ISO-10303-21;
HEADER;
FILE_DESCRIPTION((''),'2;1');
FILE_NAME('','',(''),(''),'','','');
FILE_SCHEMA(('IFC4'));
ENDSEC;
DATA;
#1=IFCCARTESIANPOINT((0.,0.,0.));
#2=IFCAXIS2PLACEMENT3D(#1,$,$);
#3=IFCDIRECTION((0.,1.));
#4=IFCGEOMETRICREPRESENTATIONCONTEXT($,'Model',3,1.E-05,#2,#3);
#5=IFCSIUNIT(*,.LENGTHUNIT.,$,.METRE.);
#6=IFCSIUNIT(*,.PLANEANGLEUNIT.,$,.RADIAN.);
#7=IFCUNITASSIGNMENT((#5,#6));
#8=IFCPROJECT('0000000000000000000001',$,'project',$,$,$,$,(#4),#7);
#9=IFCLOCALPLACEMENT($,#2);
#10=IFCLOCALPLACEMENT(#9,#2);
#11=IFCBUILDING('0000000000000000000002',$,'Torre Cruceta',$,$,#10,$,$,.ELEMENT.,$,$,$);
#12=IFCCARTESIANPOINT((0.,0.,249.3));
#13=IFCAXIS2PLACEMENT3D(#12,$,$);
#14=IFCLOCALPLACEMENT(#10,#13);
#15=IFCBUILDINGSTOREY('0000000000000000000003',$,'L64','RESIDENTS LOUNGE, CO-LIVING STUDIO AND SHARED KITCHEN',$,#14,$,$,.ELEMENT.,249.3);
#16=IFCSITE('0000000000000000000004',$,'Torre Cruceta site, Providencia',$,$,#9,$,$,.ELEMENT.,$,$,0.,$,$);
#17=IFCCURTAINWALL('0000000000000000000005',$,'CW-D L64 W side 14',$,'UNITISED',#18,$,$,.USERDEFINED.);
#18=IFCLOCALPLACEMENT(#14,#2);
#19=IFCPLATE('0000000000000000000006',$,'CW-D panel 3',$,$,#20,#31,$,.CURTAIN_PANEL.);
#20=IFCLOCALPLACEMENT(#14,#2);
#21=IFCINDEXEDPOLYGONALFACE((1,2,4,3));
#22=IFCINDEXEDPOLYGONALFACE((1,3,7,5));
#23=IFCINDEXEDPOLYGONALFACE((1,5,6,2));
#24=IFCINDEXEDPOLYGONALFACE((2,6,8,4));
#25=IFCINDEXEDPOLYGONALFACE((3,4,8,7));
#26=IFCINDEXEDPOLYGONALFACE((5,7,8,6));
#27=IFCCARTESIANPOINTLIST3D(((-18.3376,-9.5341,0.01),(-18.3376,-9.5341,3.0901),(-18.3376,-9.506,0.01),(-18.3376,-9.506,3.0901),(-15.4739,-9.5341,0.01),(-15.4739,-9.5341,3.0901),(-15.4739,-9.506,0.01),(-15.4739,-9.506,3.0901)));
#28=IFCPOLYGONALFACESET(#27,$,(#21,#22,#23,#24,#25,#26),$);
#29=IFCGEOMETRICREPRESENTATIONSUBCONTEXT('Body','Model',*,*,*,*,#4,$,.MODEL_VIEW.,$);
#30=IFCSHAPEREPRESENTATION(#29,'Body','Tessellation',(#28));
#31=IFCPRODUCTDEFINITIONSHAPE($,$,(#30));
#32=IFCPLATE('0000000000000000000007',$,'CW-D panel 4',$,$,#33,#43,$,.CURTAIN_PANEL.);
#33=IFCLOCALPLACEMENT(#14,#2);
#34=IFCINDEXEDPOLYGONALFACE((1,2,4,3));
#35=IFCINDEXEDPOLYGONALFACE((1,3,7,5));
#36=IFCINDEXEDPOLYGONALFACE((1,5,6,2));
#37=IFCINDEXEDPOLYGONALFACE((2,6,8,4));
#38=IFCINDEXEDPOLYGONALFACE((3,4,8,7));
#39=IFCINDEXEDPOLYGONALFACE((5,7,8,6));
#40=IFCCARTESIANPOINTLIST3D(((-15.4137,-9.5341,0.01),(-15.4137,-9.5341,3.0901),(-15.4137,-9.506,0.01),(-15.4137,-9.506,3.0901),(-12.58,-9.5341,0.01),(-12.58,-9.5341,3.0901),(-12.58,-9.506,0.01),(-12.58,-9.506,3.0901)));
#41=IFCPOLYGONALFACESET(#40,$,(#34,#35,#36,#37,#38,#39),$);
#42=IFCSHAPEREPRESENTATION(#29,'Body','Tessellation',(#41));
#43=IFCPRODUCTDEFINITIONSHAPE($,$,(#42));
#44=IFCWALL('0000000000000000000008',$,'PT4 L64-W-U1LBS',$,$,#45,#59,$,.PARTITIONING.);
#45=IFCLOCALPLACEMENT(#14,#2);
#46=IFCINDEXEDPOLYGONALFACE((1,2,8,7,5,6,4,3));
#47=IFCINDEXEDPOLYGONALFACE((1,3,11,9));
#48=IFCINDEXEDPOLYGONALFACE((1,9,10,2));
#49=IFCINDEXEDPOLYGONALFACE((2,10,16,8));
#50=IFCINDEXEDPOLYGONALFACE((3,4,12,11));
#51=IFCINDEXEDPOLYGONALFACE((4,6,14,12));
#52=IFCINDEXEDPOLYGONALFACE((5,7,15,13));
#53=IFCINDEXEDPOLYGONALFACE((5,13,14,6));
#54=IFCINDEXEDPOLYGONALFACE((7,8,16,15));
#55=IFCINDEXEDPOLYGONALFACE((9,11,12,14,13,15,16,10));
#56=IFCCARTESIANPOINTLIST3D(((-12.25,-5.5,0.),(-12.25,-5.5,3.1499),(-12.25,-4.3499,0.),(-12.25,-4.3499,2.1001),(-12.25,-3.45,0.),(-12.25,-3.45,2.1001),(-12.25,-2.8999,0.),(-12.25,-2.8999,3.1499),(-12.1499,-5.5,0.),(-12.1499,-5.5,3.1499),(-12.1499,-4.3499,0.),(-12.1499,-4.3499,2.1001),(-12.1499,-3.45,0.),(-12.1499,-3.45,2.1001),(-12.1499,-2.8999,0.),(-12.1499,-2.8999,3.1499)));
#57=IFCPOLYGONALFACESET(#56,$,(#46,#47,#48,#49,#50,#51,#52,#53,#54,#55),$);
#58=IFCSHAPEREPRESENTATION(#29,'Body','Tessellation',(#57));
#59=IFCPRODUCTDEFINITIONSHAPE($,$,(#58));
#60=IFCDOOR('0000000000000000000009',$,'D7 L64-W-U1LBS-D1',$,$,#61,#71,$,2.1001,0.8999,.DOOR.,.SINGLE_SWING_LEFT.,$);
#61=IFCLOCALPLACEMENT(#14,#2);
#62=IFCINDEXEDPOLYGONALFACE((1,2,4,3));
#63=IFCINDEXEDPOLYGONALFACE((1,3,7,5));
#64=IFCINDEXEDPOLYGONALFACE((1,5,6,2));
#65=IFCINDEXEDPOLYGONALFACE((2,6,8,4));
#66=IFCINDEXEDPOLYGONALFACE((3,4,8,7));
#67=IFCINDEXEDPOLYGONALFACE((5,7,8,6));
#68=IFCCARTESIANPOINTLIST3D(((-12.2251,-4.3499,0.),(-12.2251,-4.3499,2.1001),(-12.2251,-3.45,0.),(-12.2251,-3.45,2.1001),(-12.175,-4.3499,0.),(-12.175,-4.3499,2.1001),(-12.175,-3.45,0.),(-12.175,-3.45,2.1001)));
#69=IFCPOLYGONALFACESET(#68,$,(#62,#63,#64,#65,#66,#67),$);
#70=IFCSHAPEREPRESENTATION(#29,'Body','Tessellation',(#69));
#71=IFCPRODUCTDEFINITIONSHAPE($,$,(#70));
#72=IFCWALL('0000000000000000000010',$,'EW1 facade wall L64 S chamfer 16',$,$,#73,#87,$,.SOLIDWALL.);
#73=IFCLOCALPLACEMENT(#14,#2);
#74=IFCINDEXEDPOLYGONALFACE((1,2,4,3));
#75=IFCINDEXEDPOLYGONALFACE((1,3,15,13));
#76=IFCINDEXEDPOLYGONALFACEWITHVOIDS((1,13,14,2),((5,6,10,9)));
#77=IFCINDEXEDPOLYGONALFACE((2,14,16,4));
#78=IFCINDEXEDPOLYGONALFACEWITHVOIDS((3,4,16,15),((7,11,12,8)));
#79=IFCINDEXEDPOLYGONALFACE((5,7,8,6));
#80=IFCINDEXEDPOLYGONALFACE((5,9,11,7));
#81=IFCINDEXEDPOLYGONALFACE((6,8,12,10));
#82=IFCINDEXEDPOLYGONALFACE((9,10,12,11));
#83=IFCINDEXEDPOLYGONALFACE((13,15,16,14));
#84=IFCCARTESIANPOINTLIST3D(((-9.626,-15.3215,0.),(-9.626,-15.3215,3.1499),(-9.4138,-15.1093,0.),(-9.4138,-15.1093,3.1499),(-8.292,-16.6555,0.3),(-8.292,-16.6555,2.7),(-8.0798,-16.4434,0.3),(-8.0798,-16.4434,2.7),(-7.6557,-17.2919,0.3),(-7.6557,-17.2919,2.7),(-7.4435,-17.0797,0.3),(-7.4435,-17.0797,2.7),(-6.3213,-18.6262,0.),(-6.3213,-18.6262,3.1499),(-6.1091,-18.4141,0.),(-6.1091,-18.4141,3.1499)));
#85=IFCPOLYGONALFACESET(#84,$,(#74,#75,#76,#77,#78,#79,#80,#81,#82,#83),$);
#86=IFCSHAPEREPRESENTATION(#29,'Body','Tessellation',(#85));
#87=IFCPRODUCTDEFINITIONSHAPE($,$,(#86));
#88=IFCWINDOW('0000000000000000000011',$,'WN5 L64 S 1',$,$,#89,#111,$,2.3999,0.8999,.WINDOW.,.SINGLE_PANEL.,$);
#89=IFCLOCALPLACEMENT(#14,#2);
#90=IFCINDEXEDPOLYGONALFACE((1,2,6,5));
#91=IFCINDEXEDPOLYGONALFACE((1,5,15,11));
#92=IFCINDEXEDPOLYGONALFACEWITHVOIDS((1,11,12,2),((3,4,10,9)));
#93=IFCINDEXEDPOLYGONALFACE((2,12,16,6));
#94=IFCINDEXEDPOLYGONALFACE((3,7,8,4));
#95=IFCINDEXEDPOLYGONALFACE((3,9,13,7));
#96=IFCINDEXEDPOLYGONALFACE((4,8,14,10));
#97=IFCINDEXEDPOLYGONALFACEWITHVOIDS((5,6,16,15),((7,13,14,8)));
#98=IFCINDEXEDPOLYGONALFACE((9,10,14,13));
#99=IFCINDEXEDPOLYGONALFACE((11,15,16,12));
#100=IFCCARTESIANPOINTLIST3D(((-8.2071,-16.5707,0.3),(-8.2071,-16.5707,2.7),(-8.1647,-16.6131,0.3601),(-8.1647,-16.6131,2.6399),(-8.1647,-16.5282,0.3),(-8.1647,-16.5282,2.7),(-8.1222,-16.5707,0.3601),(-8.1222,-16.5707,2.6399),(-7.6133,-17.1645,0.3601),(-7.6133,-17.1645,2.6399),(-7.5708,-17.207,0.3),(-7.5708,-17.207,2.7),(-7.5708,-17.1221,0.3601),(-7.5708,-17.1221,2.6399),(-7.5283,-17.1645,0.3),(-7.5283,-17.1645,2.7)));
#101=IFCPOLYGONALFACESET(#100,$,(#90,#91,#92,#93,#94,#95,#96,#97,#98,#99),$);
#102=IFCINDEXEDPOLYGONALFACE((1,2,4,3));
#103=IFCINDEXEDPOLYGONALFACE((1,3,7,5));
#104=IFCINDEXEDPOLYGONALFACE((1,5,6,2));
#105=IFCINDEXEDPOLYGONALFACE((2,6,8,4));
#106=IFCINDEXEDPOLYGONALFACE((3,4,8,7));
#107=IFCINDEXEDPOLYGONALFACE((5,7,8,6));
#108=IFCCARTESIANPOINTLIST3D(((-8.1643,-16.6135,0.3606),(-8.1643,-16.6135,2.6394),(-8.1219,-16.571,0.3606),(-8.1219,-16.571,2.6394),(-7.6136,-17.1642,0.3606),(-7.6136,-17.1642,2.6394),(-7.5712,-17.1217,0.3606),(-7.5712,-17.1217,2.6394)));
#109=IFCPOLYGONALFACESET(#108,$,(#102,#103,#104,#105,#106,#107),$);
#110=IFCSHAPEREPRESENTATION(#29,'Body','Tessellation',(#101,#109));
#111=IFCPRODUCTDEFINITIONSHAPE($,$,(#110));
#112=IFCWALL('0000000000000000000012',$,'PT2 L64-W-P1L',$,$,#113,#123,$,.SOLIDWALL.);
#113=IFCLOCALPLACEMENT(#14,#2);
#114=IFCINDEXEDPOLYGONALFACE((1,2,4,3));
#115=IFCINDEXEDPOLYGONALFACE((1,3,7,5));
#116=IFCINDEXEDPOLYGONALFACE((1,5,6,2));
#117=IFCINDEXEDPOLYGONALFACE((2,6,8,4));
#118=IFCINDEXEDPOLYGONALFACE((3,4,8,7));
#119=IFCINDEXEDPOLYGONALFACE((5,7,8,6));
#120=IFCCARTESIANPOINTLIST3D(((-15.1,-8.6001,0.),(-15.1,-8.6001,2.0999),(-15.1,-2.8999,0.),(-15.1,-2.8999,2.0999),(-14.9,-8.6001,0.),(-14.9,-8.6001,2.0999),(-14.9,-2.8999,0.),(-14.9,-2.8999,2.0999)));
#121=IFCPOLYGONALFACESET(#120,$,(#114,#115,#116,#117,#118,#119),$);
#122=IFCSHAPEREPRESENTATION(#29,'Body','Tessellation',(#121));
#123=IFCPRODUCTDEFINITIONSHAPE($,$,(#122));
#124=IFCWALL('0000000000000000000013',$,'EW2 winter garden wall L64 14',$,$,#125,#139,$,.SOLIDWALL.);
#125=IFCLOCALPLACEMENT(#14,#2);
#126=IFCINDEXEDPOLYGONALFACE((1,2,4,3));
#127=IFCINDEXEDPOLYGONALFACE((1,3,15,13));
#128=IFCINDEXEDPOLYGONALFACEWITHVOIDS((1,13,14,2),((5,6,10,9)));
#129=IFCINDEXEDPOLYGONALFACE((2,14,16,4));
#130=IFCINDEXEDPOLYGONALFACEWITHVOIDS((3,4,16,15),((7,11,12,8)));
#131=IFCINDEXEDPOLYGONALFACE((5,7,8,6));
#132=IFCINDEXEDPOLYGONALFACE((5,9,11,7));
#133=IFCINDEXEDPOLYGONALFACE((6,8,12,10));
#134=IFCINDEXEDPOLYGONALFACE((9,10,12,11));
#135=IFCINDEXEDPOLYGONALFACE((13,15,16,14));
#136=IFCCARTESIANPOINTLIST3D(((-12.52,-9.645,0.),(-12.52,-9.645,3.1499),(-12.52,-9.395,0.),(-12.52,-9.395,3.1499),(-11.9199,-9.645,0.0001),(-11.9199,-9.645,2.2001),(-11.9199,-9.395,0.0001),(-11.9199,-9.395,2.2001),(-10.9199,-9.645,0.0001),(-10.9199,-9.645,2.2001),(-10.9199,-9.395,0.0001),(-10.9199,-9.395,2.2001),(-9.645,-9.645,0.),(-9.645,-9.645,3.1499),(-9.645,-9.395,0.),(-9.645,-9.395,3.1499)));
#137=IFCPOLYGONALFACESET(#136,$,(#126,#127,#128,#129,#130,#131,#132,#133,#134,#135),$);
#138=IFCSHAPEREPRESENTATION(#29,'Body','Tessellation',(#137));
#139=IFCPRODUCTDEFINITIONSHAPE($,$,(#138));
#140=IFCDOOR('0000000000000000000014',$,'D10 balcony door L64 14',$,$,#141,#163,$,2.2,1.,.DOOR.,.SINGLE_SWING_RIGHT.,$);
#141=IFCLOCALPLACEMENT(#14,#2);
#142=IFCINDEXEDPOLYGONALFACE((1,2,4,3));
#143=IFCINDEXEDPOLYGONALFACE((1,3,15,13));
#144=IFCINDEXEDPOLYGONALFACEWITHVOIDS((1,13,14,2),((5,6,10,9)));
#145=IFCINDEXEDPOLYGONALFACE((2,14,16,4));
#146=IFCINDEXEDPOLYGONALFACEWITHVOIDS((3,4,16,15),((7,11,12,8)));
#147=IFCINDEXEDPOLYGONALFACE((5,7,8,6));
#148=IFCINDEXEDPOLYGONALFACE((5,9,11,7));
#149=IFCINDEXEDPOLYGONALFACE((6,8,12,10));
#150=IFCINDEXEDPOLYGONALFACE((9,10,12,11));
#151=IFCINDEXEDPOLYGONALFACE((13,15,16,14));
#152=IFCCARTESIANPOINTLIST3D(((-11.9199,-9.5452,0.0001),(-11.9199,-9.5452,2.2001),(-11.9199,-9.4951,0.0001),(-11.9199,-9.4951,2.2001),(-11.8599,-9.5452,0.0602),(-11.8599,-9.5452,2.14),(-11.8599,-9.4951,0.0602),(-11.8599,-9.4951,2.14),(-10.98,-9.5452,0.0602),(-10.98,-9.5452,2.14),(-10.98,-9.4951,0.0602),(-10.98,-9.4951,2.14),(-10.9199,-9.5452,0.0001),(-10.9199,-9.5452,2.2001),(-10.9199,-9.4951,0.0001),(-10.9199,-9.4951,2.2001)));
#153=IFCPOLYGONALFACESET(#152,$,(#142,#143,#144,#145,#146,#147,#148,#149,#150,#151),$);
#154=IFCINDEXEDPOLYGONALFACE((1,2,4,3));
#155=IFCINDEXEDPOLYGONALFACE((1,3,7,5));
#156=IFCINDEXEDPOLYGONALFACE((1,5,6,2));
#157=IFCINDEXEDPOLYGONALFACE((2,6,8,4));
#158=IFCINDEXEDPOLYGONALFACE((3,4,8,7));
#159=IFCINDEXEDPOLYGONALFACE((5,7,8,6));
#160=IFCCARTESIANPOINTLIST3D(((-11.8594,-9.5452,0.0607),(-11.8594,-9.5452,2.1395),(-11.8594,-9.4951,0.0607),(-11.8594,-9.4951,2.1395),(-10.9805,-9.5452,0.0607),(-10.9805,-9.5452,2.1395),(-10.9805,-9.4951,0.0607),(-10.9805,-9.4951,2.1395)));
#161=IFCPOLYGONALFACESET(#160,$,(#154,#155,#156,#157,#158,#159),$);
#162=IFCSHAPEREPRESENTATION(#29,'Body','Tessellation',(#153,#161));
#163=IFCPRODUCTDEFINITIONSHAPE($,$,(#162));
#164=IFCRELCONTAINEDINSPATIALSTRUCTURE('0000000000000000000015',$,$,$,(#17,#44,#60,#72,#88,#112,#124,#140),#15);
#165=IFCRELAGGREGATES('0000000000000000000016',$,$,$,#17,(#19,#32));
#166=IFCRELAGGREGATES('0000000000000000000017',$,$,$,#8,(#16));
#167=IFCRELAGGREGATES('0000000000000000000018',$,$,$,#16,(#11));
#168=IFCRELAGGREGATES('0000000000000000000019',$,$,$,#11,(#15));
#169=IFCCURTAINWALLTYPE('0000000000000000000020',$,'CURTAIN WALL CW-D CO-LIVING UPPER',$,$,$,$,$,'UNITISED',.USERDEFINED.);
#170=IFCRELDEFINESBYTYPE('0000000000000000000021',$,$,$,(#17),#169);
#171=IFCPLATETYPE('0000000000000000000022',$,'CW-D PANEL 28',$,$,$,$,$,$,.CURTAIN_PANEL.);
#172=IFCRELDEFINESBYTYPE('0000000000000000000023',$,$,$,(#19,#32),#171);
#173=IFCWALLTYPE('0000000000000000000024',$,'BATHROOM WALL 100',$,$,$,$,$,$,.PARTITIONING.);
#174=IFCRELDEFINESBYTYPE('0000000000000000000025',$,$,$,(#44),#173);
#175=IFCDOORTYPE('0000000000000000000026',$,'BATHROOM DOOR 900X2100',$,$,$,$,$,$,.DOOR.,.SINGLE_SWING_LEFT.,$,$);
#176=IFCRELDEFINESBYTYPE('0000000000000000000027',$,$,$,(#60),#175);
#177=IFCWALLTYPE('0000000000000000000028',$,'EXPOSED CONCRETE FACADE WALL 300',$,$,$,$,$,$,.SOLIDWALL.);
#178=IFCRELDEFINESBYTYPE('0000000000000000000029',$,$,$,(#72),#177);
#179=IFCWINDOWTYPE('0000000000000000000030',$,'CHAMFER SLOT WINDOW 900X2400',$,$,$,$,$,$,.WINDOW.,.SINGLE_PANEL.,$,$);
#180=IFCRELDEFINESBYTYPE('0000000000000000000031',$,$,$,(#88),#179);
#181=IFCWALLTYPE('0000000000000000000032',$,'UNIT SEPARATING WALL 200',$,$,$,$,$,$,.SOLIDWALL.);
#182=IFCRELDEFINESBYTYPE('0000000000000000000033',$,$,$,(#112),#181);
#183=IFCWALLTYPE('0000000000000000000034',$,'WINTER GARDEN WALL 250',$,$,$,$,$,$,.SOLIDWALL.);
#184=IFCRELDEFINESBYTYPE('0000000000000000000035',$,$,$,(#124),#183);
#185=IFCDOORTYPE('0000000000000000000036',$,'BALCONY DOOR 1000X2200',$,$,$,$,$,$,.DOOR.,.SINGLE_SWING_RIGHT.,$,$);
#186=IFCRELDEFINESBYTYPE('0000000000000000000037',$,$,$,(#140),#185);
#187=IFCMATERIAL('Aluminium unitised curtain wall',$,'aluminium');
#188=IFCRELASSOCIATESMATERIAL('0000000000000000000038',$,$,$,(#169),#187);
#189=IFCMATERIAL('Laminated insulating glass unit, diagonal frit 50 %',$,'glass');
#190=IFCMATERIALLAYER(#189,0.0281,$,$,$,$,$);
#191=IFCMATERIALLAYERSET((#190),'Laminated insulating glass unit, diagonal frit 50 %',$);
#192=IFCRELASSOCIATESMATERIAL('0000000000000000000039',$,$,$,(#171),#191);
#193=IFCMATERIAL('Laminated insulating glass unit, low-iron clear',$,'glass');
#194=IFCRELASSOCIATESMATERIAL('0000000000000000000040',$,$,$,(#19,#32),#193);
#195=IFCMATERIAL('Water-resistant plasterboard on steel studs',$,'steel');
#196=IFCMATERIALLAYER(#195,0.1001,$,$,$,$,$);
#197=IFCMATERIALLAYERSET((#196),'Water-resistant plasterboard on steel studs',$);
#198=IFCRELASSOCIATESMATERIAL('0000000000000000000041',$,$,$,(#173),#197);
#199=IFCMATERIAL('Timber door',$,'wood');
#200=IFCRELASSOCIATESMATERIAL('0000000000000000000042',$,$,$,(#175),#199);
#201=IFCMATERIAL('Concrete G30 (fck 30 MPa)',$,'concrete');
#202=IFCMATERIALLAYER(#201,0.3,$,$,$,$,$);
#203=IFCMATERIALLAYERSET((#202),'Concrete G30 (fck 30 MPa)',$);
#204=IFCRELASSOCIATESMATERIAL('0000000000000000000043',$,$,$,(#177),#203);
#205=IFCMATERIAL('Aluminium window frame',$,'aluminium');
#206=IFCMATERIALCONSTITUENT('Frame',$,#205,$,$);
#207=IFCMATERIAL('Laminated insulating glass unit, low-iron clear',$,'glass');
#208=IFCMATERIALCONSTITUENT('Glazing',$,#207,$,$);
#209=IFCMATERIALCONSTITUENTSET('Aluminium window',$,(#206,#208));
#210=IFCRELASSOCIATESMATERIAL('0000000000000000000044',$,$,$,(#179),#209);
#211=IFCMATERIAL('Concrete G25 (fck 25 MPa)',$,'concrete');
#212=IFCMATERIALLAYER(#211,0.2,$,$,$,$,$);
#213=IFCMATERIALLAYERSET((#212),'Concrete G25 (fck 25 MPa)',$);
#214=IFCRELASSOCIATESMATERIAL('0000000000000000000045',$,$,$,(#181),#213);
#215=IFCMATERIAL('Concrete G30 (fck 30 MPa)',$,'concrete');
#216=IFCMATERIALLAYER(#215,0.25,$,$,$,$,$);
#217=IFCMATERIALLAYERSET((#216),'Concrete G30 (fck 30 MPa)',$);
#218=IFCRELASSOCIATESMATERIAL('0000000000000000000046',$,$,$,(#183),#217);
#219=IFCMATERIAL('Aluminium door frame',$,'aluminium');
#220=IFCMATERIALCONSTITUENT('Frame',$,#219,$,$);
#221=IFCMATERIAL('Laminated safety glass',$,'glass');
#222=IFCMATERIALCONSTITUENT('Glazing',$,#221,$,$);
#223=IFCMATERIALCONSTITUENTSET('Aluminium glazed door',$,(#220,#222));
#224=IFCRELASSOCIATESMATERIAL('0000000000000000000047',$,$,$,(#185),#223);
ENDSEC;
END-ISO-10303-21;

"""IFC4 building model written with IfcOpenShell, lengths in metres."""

from ifc_helpers import new_model, si_unit, direction, frame, frame_2d, origin, origin_2d, place, context, subcontext, project, spatial, rectangle, hollow_rectangle, extrude, material, layer, layer_set, constituent, constituent_set, type_object, element, fill, aggregate, save


model = new_model("IFC4")

# Units and contexts
model_context = context("Model", 3, precision=1e-05, world=origin(), true_north=direction((0.0, 1.0)))
body_context = subcontext(model_context, "Body", "Model", "MODEL_VIEW")
ifc_project = project(units=[si_unit("LENGTHUNIT", "METRE"), si_unit("PLANEANGLEUNIT", "RADIAN")], contexts=[model_context])

# Site, building, storey
site_placement = place(None, origin())
site = spatial("IfcSite", under=ifc_project, at=site_placement, Name="Torre Cruceta site, Providencia", CompositionType="ELEMENT", RefElevation=0.0)
building_placement = place(site_placement, origin())
building = spatial("IfcBuilding", under=site, at=building_placement, Name="Torre Cruceta", CompositionType="ELEMENT")
storey_placement = place(building_placement, frame((0.0, 0.0, 249.3)))
storey = spatial("IfcBuildingStorey", under=building, at=storey_placement, Name="L64", Description="RESIDENTS LOUNGE, CO-LIVING STUDIO AND SHARED KITCHEN", CompositionType="ELEMENT", Elevation=249.3)

# Curtain wall
ifc_material_1 = material(Name="Aluminium unitised curtain wall", Category="aluminium")
curtain_wall_type = type_object("IfcCurtainWallType", Name="CURTAIN WALL CW-D CO-LIVING UPPER", ElementType="UNITISED", PredefinedType="USERDEFINED", material=ifc_material_1)
curtain_wall_1_placement = place(storey_placement, origin())
curtain_wall_1 = element("IfcCurtainWall", 1, at=curtain_wall_1_placement, inside=storey, type_object=curtain_wall_type, Name="CW-D L64 W side 14", ObjectType="UNITISED", PredefinedType="USERDEFINED")

# Plates
ifc_material_2 = material(Name="Laminated insulating glass unit, low-iron clear", Category="glass")
ifc_material_3 = material(Name="Laminated insulating glass unit, diagonal frit 50 %", Category="glass")
ifc_layer_1 = layer(ifc_material_3, 0.0281)
ifc_layer_set_1 = layer_set([ifc_layer_1], Name="Laminated insulating glass unit, diagonal frit 50 %")
plate_type_1 = type_object("IfcPlateType", Name="CW-D PANEL 28", PredefinedType="CURTAIN_PANEL", material=ifc_layer_set_1)
plate_1_placement = place(storey_placement, frame((-16.9058, -9.52, 0.01), z_axis=(0.0, 0.0, 1.0), x_axis=(1.0, 0.0, 0.0)))
plate_1 = element("IfcPlate", 2, at=plate_1_placement, type_object=plate_type_1, material=ifc_material_2, Name="CW-D panel 3", PredefinedType="CURTAIN_PANEL", context=body_context, shape_type="SweptSolid", body=[
    extrude(rectangle(XDim=2.8638, YDim=0.0281, at=origin_2d()), origin(), (0.0, 0.0, 1.0), 3.0801),
])
plate_2_placement = place(storey_placement, frame((-13.9968, -9.52, 0.01), z_axis=(0.0, 0.0, 1.0), x_axis=(1.0, 0.0, 0.0)))
plate_2 = element("IfcPlate", 3, at=plate_2_placement, type_object=plate_type_1, material=ifc_material_2, Name="CW-D panel 4", PredefinedType="CURTAIN_PANEL", context=body_context, shape_type="SweptSolid", body=[
    extrude(rectangle(XDim=2.8337, YDim=0.0281, at=origin_2d()), origin(), (0.0, 0.0, 1.0), 3.0801),
])
aggregate(curtain_wall_1, [plate_1, plate_2])

# Wall, opening, door
ifc_material_4 = material(Name="Water-resistant plasterboard on steel studs", Category="steel")
ifc_layer_2 = layer(ifc_material_4, 0.1001)
ifc_layer_set_2 = layer_set([ifc_layer_2], Name="Water-resistant plasterboard on steel studs")
wall_type_1 = type_object("IfcWallType", Name="BATHROOM WALL 100", PredefinedType="PARTITIONING", material=ifc_layer_set_2)
wall_1_placement = place(storey_placement, frame((-12.2, -2.8999, 0.0), z_axis=(0.0, 0.0, 1.0), x_axis=(0.0, -1.0, 0.0)))
wall_1 = element("IfcWall", 4, at=wall_1_placement, inside=storey, type_object=wall_type_1, Name="PT4 L64-W-U1LBS", PredefinedType="PARTITIONING", context=body_context, shape_type="SweptSolid", body=[
    extrude(rectangle(XDim=2.6001, YDim=0.1001, at=frame_2d((1.3, 0.0))), origin(), (0.0, 0.0, 1.0), 3.1499),
])
opening_1_placement = place(wall_1_placement, frame((0.55, 0.0, 0.0)))
opening_1 = element("IfcOpeningElement", 5, at=opening_1_placement, cuts=wall_1, PredefinedType="OPENING", context=body_context, shape_type="SweptSolid", body=[
    extrude(rectangle(XDim=0.8999, YDim=2.1001, at=frame_2d((0.45, 1.05))), frame((0.0, 0.0601, 0.0), z_axis=(0.0, -1.0, 0.0), x_axis=(1.0, 0.0, 0.0)), (0.0, 0.0, 1.0), 0.1201),
])
ifc_material_5 = material(Name="Timber door", Category="wood")
door_type_1 = type_object("IfcDoorType", Name="BATHROOM DOOR 900X2100", OperationType="SINGLE_SWING_LEFT", PredefinedType="DOOR", material=ifc_material_5)
door_1_placement = place(opening_1_placement, origin())
door_1 = element("IfcDoor", 6, at=door_1_placement, inside=storey, type_object=door_type_1, Name="D7 L64-W-U1LBS-D1", OperationType="SINGLE_SWING_LEFT", OverallHeight=2.1001, OverallWidth=0.8999, PredefinedType="DOOR", context=body_context, shape_type="SweptSolid", body=[
    extrude(rectangle(XDim=0.8999, YDim=2.1001, at=frame_2d((0.45, 1.05))), frame((0.0, 0.0249, 0.0), z_axis=(0.0, -1.0, 0.0), x_axis=(1.0, 0.0, 0.0)), (0.0, 0.0, 1.0), 0.05),
])
fill(opening_1, door_1)

# Wall, opening, window
ifc_material_6 = material(Name="Concrete G30 (fck 30 MPa)", Category="concrete")
ifc_layer_3 = layer(ifc_material_6, 0.3)
ifc_layer_set_3 = layer_set([ifc_layer_3], Name="Concrete G30 (fck 30 MPa)")
wall_type_2 = type_object("IfcWallType", Name="EXPOSED CONCRETE FACADE WALL 300", PredefinedType="SOLIDWALL", material=ifc_layer_set_3)
wall_2_placement = place(storey_placement, frame((-9.52, -15.2153, 0.0), z_axis=(0.0, 0.0, 1.0), x_axis=(0.707107, -0.707107, 0.0)))
wall_2 = element("IfcWall", 7, at=wall_2_placement, inside=storey, type_object=wall_type_2, Name="EW1 facade wall L64 S chamfer 16", PredefinedType="SOLIDWALL", context=body_context, shape_type="SweptSolid", body=[
    extrude(rectangle(XDim=4.6736, YDim=0.3, at=frame_2d((2.3369, 0.0))), origin(), (0.0, 0.0, 1.0), 3.1499),
])
opening_2_placement = place(wall_2_placement, frame((1.8867, 0.0, 0.3)))
opening_2 = element("IfcOpeningElement", 8, at=opening_2_placement, cuts=wall_2, PredefinedType="OPENING", context=body_context, shape_type="SweptSolid", body=[
    extrude(rectangle(XDim=0.8999, YDim=2.3999, at=frame_2d((0.45, 1.2))), frame((0.0, 0.1599, 0.0), z_axis=(0.0, -1.0, 0.0), x_axis=(1.0, 0.0, 0.0)), (0.0, 0.0, 1.0), 0.3201),
])
ifc_material_7 = material(Name="Aluminium window frame", Category="aluminium")
ifc_constituent_1 = constituent(ifc_material_7, Name="Frame")
ifc_material_8 = material(Name="Laminated insulating glass unit, low-iron clear", Category="glass")
ifc_constituent_2 = constituent(ifc_material_8, Name="Glazing")
ifc_constituent_set_1 = constituent_set(constituents=[ifc_constituent_1, ifc_constituent_2], Name="Aluminium window")
window_type = type_object("IfcWindowType", Name="CHAMFER SLOT WINDOW 900X2400", PartitioningType="SINGLE_PANEL", PredefinedType="WINDOW", material=ifc_constituent_set_1)
window_placement = place(opening_2_placement, origin())
window = element("IfcWindow", 9, at=window_placement, inside=storey, type_object=window_type, Name="WN5 L64 S 1", OverallHeight=2.3999, OverallWidth=0.8999, PartitioningType="SINGLE_PANEL", PredefinedType="WINDOW", context=body_context, shape_type="SweptSolid", body=[
    extrude(hollow_rectangle(XDim=0.8999, YDim=2.3999, WallThickness=0.0601, at=frame_2d((0.45, 1.2))), frame((0.0, 0.03, 0.0), z_axis=(0.0, -1.0, 0.0), x_axis=(1.0, 0.0, 0.0)), (0.0, 0.0, 1.0), 0.0601),
    extrude(rectangle(XDim=0.7788, YDim=2.2788, at=frame_2d((0.45, 1.2))), frame((0.0, 0.03, 0.0), z_axis=(0.0, -1.0, 0.0), x_axis=(1.0, 0.0, 0.0)), (0.0, 0.0, 1.0), 0.0601),
])
fill(opening_2, window)

# Wall
ifc_material_9 = material(Name="Concrete G25 (fck 25 MPa)", Category="concrete")
ifc_layer_4 = layer(ifc_material_9, 0.2)
ifc_layer_set_4 = layer_set([ifc_layer_4], Name="Concrete G25 (fck 25 MPa)")
wall_type_3 = type_object("IfcWallType", Name="UNIT SEPARATING WALL 200", PredefinedType="SOLIDWALL", material=ifc_layer_set_4)
wall_3_placement = place(storey_placement, frame((-15.0, -2.8999, 0.0), z_axis=(0.0, 0.0, 1.0), x_axis=(0.0, -1.0, 0.0)))
element("IfcWall", 10, at=wall_3_placement, inside=storey, type_object=wall_type_3, Name="PT2 L64-W-P1L", PredefinedType="SOLIDWALL", context=body_context, shape_type="SweptSolid", body=[
    extrude(rectangle(XDim=5.7002, YDim=0.2, at=frame_2d((2.8501, 0.0))), origin(), (0.0, 0.0, 1.0), 2.0999),
])

# Wall, opening, door
ifc_material_10 = material(Name="Concrete G30 (fck 30 MPa)", Category="concrete")
ifc_layer_5 = layer(ifc_material_10, 0.25)
ifc_layer_set_5 = layer_set([ifc_layer_5], Name="Concrete G30 (fck 30 MPa)")
wall_type_4 = type_object("IfcWallType", Name="WINTER GARDEN WALL 250", PredefinedType="SOLIDWALL", material=ifc_layer_set_5)
wall_4_placement = place(storey_placement, frame((-12.52, -9.52, 0.0), z_axis=(0.0, 0.0, 1.0), x_axis=(1.0, 0.0, 0.0)))
wall_4 = element("IfcWall", 11, at=wall_4_placement, inside=storey, type_object=wall_type_4, Name="EW2 winter garden wall L64 14", PredefinedType="SOLIDWALL", context=body_context, shape_type="SweptSolid", body=[
    extrude(rectangle(XDim=2.875, YDim=0.25, at=frame_2d((1.4375, 0.0))), origin(), (0.0, 0.0, 1.0), 3.1499),
])
opening_3_placement = place(wall_4_placement, frame((0.6001, 0.0, 0.0)))
opening_3 = element("IfcOpeningElement", 12, at=opening_3_placement, cuts=wall_4, PredefinedType="OPENING", context=body_context, shape_type="SweptSolid", body=[
    extrude(rectangle(XDim=1.0, YDim=2.2, at=frame_2d((0.5, 1.1001))), frame((0.0, 0.135, 0.0), z_axis=(0.0, -1.0, 0.0), x_axis=(1.0, 0.0, 0.0)), (0.0, 0.0, 1.0), 0.27),
])
ifc_material_11 = material(Name="Aluminium door frame", Category="aluminium")
ifc_constituent_3 = constituent(ifc_material_11, Name="Frame")
ifc_material_12 = material(Name="Laminated safety glass", Category="glass")
ifc_constituent_4 = constituent(ifc_material_12, Name="Glazing")
ifc_constituent_set_2 = constituent_set(constituents=[ifc_constituent_3, ifc_constituent_4], Name="Aluminium glazed door")
door_type_2 = type_object("IfcDoorType", Name="BALCONY DOOR 1000X2200", OperationType="SINGLE_SWING_RIGHT", PredefinedType="DOOR", material=ifc_constituent_set_2)
door_2_placement = place(opening_3_placement, origin())
door_2 = element("IfcDoor", 13, at=door_2_placement, inside=storey, type_object=door_type_2, Name="D10 balcony door L64 14", OperationType="SINGLE_SWING_RIGHT", OverallHeight=2.2, OverallWidth=1.0, PredefinedType="DOOR", context=body_context, shape_type="SweptSolid", body=[
    extrude(hollow_rectangle(XDim=1.0, YDim=2.2, WallThickness=0.0601, at=frame_2d((0.5, 1.1001))), frame((0.0, 0.0249, 0.0), z_axis=(0.0, -1.0, 0.0), x_axis=(1.0, 0.0, 0.0)), (0.0, 0.0, 1.0), 0.05),
    extrude(rectangle(XDim=0.8789, YDim=2.0789, at=frame_2d((0.5, 1.1001))), frame((0.0, 0.0249, 0.0), z_axis=(0.0, -1.0, 0.0), x_axis=(1.0, 0.0, 0.0)), (0.0, 0.0, 1.0), 0.05),
])
fill(opening_3, door_2)

save(model, "model.ifc")
